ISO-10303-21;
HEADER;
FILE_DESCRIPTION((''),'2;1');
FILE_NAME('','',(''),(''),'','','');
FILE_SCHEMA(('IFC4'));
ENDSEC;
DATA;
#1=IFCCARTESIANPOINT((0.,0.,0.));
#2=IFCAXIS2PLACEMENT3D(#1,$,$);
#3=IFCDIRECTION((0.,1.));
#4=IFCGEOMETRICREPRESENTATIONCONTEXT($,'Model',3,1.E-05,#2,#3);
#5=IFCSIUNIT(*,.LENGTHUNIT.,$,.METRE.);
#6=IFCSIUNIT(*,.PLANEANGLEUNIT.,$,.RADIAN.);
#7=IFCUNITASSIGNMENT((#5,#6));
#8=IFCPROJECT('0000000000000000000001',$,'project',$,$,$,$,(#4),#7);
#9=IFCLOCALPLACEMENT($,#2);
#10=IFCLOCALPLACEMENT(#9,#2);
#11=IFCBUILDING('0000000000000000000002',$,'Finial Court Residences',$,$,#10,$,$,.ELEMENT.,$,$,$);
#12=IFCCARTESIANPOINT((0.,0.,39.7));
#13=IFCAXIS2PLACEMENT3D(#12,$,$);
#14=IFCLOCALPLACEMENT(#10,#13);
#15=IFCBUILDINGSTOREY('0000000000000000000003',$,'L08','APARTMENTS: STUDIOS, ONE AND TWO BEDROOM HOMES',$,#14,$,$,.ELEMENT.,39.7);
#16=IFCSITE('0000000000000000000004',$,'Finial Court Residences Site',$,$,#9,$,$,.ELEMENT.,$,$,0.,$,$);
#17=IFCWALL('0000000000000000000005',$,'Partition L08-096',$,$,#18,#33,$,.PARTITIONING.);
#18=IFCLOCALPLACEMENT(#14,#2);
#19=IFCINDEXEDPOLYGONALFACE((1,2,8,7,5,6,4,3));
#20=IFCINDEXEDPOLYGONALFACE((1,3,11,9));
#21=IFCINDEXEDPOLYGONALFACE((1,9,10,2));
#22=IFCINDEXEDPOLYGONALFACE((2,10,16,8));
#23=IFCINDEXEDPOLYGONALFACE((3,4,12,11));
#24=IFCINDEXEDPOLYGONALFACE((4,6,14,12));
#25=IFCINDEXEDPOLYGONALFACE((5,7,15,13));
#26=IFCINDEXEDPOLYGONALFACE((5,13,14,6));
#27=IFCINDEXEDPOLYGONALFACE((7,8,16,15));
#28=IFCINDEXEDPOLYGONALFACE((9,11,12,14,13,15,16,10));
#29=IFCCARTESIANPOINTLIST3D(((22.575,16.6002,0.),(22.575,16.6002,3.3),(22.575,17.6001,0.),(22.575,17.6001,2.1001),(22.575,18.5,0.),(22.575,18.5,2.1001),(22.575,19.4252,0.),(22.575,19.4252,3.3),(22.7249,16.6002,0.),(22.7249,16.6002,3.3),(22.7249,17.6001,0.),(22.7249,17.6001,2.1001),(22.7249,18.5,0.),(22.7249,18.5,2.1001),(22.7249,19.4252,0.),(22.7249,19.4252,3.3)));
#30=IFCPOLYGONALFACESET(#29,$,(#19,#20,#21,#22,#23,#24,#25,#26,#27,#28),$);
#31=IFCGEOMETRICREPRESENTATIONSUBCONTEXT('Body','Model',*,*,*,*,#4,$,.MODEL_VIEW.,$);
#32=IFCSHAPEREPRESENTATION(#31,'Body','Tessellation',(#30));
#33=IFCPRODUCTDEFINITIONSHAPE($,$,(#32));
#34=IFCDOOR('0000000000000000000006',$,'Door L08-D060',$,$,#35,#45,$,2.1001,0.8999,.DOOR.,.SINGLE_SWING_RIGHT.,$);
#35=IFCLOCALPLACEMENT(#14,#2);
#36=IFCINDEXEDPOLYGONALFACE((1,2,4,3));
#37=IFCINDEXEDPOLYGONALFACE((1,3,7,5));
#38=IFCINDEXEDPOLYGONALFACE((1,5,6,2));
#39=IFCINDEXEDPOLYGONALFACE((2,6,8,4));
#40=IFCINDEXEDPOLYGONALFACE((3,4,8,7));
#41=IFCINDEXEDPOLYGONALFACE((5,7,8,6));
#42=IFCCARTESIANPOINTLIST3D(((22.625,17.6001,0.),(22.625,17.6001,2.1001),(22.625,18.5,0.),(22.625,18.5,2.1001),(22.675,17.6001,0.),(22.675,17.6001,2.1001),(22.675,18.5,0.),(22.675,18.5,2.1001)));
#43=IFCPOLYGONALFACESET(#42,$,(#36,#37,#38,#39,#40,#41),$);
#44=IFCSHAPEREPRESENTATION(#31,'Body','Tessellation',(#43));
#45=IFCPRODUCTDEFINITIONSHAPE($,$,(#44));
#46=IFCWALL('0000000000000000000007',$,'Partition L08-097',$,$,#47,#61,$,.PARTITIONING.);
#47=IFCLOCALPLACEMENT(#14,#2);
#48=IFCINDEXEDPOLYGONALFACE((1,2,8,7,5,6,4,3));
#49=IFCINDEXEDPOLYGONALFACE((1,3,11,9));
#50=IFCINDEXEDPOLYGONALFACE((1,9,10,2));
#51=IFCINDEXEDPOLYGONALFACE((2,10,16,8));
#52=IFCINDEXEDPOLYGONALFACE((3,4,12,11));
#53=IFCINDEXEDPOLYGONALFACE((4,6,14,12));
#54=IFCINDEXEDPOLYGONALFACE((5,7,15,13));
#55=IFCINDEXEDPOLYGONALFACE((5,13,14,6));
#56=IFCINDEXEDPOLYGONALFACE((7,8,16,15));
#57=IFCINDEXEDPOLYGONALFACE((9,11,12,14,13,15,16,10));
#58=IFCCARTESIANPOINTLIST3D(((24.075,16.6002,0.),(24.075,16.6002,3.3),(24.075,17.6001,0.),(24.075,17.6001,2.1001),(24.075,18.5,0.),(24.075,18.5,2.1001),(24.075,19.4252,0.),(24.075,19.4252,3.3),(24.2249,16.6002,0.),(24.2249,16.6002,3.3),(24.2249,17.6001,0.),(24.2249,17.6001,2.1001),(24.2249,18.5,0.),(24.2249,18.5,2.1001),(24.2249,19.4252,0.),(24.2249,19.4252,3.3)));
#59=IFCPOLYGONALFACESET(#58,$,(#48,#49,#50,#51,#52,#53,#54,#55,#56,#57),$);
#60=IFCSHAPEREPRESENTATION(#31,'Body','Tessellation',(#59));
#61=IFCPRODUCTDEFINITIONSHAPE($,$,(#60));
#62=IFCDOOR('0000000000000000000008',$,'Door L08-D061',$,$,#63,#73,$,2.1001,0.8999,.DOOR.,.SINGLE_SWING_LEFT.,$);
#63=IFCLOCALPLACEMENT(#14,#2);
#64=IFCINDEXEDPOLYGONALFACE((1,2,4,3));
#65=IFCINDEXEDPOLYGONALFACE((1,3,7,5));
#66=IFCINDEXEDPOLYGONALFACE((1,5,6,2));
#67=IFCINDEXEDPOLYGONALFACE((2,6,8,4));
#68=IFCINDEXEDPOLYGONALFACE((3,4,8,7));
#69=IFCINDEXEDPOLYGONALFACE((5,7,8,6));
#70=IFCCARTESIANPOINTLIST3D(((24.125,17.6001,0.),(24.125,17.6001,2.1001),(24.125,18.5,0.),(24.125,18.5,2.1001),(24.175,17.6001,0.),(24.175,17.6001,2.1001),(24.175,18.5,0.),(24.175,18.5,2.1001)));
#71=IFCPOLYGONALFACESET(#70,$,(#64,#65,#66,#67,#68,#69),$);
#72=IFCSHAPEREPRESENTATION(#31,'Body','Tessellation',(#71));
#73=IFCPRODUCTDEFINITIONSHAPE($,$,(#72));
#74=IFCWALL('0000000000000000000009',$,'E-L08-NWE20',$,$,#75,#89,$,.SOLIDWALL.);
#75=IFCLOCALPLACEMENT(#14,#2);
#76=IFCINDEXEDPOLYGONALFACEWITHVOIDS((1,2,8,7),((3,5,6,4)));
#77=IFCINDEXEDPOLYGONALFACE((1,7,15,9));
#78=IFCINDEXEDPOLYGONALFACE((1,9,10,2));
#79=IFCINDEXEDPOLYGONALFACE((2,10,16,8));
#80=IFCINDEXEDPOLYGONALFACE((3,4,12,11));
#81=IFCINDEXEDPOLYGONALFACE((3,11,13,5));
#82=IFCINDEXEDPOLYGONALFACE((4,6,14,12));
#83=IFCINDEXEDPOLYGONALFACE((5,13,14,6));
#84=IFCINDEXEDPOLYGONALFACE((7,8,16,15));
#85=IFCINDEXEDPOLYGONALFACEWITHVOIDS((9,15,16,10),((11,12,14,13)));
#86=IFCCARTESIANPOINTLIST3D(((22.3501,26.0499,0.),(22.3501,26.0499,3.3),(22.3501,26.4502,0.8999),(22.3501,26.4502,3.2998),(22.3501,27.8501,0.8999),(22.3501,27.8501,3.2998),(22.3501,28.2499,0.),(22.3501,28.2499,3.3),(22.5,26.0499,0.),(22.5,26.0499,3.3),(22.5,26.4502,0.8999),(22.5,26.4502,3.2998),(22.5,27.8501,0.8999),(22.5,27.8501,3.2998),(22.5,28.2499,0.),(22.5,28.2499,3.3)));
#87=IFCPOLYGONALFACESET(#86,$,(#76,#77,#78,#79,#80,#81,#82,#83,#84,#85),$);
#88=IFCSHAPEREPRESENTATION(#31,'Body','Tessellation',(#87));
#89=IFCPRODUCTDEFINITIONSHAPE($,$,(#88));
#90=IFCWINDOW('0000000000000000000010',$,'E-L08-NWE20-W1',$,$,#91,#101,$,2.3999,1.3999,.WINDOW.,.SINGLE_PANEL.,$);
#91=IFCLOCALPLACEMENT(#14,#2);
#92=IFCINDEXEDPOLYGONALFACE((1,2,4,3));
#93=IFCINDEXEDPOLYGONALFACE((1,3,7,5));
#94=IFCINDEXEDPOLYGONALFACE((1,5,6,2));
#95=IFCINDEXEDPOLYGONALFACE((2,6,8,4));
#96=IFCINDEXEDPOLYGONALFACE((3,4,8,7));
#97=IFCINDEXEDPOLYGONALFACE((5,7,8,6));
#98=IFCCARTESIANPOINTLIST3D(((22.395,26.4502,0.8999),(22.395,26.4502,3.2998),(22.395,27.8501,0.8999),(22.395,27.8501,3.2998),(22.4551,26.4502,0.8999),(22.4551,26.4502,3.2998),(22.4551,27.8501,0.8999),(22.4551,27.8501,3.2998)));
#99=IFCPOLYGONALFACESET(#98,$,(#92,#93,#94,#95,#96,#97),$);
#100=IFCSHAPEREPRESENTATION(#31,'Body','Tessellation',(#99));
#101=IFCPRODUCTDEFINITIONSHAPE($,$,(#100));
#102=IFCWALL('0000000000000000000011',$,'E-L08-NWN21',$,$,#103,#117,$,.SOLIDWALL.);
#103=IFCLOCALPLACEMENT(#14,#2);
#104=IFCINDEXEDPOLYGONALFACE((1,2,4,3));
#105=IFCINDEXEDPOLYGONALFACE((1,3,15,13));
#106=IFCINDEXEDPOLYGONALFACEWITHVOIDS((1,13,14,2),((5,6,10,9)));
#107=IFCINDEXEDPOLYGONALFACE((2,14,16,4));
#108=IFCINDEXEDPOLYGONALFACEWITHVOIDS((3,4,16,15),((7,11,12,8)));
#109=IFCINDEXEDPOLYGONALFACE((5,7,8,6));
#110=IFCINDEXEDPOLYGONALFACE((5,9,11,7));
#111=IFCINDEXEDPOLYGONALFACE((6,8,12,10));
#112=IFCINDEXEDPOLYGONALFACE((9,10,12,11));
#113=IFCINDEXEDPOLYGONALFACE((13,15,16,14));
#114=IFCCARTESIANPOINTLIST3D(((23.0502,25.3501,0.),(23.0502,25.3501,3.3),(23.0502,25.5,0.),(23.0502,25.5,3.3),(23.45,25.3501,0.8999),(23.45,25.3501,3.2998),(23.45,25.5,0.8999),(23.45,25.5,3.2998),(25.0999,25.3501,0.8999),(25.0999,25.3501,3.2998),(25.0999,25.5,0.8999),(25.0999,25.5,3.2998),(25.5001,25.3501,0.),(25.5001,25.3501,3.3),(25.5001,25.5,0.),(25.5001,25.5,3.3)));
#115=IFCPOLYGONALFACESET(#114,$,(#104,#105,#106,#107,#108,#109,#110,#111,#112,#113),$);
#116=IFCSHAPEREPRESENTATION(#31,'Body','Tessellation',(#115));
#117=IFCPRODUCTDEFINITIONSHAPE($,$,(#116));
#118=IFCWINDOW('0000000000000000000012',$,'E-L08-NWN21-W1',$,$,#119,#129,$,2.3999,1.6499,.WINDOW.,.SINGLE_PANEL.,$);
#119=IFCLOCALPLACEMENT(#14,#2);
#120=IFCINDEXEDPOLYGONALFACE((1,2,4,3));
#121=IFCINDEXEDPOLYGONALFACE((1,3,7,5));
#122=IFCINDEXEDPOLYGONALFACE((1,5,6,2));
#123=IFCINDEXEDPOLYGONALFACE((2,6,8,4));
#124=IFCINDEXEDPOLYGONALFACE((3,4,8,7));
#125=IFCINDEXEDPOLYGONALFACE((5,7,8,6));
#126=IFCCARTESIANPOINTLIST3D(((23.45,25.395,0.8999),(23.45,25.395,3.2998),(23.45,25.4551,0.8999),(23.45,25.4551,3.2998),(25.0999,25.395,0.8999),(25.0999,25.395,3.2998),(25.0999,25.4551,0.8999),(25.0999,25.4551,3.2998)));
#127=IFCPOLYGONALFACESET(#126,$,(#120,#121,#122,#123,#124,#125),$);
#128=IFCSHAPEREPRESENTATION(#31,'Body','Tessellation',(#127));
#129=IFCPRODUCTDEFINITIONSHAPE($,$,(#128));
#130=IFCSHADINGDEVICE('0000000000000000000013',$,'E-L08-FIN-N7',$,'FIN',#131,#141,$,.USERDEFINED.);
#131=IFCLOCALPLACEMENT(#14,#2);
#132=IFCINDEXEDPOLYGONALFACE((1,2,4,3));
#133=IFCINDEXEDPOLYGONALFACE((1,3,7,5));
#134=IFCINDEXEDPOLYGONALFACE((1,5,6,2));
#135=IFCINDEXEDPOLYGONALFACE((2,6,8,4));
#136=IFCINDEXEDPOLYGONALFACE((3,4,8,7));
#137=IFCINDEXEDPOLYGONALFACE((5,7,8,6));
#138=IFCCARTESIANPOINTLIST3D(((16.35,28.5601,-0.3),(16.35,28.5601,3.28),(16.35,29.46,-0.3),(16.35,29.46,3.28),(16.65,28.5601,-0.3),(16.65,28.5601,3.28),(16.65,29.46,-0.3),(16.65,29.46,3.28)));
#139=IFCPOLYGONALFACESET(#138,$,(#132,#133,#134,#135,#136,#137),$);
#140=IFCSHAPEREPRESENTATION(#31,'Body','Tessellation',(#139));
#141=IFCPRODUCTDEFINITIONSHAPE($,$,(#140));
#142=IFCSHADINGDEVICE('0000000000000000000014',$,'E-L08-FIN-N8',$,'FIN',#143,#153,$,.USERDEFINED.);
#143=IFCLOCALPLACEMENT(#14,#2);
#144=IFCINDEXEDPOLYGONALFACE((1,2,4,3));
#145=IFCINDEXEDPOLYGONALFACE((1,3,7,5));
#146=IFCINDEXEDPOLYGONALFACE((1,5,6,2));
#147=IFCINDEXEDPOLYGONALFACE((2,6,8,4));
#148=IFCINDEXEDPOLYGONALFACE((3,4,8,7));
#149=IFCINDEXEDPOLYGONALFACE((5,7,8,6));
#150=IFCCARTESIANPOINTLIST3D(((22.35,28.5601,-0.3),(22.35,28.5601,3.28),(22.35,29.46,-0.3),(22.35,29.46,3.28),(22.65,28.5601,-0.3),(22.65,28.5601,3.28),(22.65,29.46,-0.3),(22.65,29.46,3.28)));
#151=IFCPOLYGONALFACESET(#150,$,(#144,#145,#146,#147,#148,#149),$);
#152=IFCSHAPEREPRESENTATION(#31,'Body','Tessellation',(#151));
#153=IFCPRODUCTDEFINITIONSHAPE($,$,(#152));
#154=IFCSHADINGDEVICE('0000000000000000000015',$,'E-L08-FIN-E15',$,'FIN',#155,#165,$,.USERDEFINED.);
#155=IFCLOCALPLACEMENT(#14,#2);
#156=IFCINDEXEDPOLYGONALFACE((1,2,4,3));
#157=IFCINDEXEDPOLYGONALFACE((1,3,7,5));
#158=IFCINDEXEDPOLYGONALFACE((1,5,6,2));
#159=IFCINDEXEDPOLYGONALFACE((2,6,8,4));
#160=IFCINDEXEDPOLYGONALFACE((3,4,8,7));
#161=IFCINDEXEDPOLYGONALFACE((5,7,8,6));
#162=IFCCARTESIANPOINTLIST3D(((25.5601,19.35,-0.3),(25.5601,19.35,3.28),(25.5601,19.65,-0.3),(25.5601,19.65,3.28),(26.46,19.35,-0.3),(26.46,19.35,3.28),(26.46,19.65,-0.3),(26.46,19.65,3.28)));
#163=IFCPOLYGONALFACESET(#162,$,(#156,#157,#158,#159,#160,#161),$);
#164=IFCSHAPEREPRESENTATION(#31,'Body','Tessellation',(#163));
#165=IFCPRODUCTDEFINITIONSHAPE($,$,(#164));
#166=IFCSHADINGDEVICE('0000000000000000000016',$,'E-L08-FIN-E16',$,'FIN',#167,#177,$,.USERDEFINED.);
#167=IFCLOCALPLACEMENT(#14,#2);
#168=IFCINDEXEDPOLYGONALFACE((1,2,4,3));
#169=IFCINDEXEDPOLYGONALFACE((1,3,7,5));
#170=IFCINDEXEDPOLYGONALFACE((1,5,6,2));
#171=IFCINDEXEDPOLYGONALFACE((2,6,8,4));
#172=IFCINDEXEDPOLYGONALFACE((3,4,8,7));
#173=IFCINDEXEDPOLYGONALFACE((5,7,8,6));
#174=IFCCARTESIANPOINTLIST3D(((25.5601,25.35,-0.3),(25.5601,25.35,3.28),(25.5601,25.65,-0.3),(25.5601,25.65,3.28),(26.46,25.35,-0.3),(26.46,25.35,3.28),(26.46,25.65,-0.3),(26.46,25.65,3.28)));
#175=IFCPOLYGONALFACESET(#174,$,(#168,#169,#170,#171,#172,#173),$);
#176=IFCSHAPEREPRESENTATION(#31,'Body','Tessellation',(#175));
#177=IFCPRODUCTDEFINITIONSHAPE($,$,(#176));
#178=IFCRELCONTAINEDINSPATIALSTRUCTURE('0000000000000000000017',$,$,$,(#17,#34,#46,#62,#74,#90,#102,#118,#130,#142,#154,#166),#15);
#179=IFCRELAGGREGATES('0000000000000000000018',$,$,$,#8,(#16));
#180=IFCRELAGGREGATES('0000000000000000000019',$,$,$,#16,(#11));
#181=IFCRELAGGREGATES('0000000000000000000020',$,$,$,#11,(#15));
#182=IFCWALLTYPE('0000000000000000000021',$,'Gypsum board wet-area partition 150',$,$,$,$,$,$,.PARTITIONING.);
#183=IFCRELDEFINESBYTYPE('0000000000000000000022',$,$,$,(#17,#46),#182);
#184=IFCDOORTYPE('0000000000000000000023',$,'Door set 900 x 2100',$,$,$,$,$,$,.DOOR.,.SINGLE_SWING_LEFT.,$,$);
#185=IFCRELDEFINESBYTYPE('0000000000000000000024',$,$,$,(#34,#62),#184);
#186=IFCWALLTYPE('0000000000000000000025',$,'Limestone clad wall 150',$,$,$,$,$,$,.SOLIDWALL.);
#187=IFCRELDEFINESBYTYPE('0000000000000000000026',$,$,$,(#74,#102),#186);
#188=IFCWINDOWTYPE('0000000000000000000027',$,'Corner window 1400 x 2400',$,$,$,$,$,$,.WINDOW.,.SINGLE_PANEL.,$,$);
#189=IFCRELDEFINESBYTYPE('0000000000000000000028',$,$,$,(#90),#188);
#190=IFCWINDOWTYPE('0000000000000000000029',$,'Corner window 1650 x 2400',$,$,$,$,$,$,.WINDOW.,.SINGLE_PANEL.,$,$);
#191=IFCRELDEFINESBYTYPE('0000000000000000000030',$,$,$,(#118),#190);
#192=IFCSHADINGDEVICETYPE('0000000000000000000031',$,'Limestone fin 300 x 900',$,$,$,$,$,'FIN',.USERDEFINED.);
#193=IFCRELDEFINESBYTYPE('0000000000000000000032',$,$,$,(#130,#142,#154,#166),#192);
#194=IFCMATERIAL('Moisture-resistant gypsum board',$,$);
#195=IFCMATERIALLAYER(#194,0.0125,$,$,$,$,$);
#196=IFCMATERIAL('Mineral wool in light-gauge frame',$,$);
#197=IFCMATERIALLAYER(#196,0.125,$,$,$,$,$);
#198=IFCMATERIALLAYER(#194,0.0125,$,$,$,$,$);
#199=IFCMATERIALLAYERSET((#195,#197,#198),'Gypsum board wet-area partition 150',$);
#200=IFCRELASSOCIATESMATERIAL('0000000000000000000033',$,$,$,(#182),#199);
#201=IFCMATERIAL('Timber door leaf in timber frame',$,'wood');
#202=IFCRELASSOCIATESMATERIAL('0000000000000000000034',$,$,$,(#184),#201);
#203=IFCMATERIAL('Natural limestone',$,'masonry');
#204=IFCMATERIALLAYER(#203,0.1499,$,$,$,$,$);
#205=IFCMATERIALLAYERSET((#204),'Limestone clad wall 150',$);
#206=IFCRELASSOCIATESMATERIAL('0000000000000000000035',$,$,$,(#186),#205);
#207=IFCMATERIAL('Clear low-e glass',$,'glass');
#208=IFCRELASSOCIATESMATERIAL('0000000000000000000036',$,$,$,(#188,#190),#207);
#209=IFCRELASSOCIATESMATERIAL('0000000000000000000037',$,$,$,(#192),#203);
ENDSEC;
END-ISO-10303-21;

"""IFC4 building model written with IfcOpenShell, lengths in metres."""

from ifc_helpers import new_model, si_unit, direction, frame, frame_2d, origin, origin_2d, place, context, subcontext, project, spatial, rectangle, extrude, material, layer, layer_set, type_object, element, fill, save


model = new_model("IFC4")

# Units and contexts
model_context = context("Model", 3, precision=1e-05, world=origin(), true_north=direction((0.0, 1.0)))
body_context = subcontext(model_context, "Body", "Model", "MODEL_VIEW")
ifc_project = project(units=[si_unit("LENGTHUNIT", "METRE"), si_unit("PLANEANGLEUNIT", "RADIAN")], contexts=[model_context])

# Site, building, storey
site_placement = place(None, origin())
site = spatial("IfcSite", under=ifc_project, at=site_placement, Name="Finial Court Residences Site", CompositionType="ELEMENT", RefElevation=0.0)
building_placement = place(site_placement, origin())
building = spatial("IfcBuilding", under=site, at=building_placement, Name="Finial Court Residences", CompositionType="ELEMENT")
storey_placement = place(building_placement, frame((0.0, 0.0, 39.7)))
storey = spatial("IfcBuildingStorey", under=building, at=storey_placement, Name="L08", Description="APARTMENTS: STUDIOS, ONE AND TWO BEDROOM HOMES", CompositionType="ELEMENT", Elevation=39.7)

# Shared definitions
ifc_material_1 = material(Name="Clear low-e glass", Category="glass")

# Shared definitions
ifc_material_2 = material(Name="Moisture-resistant gypsum board")
ifc_layer_1 = layer(ifc_material_2, 0.0125)
ifc_material_3 = material(Name="Mineral wool in light-gauge frame")
ifc_layer_2 = layer(ifc_material_3, 0.125)
ifc_layer_3 = layer(ifc_material_2, 0.0125)
ifc_layer_set_1 = layer_set([ifc_layer_1, ifc_layer_2, ifc_layer_3], Name="Gypsum board wet-area partition 150")
wall_type_1 = type_object("IfcWallType", Name="Gypsum board wet-area partition 150", PredefinedType="PARTITIONING", material=ifc_layer_set_1)

# Walls, openings, doors
wall_1_placement = place(storey_placement, frame((22.6499, 16.6001, 0.0), z_axis=(0.0, 0.0, 1.0), x_axis=(0.0, 1.0, 0.0)))
wall_1 = element("IfcWall", 1, at=wall_1_placement, inside=storey, type_object=wall_type_1, Name="Partition L08-096", PredefinedType="PARTITIONING", context=body_context, shape_type="SweptSolid", body=[
    extrude(rectangle(XDim=2.825, YDim=0.1499, at=frame_2d((1.4126, 0.0))), origin(), (0.0, 0.0, 1.0), 3.3),
])
opening_1_placement = place(wall_1_placement, frame((1.0, 0.0, 0.0)))
opening_1 = element("IfcOpeningElement", 2, at=opening_1_placement, cuts=wall_1, PredefinedType="OPENING", context=body_context, shape_type="SweptSolid", body=[
    extrude(rectangle(XDim=0.8999, YDim=2.1001, at=frame_2d((0.45, 1.05))), frame((0.0, 0.085, 0.0), z_axis=(0.0, -1.0, 0.0), x_axis=(1.0, 0.0, 0.0)), (0.0, 0.0, 1.0), 0.1699),
])
ifc_material_4 = material(Name="Timber door leaf in timber frame", Category="wood")
door_type = type_object("IfcDoorType", Name="Door set 900 x 2100", OperationType="SINGLE_SWING_LEFT", PredefinedType="DOOR", material=ifc_material_4)
door_1_placement = place(opening_1_placement, origin())
door_1 = element("IfcDoor", 3, at=door_1_placement, inside=storey, type_object=door_type, Name="Door L08-D060", OperationType="SINGLE_SWING_RIGHT", OverallHeight=2.1001, OverallWidth=0.8999, PredefinedType="DOOR", context=body_context, shape_type="SweptSolid", body=[
    extrude(rectangle(XDim=0.8999, YDim=2.1001, at=frame_2d((0.45, 1.05))), frame((0.0, 0.0249, 0.0), z_axis=(0.0, -1.0, 0.0), x_axis=(1.0, 0.0, 0.0)), (0.0, 0.0, 1.0), 0.05),
])
fill(opening_1, door_1)
wall_2_placement = place(storey_placement, frame((24.1499, 16.6001, 0.0), z_axis=(0.0, 0.0, 1.0), x_axis=(0.0, 1.0, 0.0)))
wall_2 = element("IfcWall", 4, at=wall_2_placement, inside=storey, type_object=wall_type_1, Name="Partition L08-097", PredefinedType="PARTITIONING", context=body_context, shape_type="SweptSolid", body=[
    extrude(rectangle(XDim=2.825, YDim=0.1499, at=frame_2d((1.4126, 0.0))), origin(), (0.0, 0.0, 1.0), 3.3),
])
opening_2_placement = place(wall_2_placement, frame((1.0, 0.0, 0.0)))
opening_2 = element("IfcOpeningElement", 5, at=opening_2_placement, cuts=wall_2, PredefinedType="OPENING", context=body_context, shape_type="SweptSolid", body=[
    extrude(rectangle(XDim=0.8999, YDim=2.1001, at=frame_2d((0.45, 1.05))), frame((0.0, 0.085, 0.0), z_axis=(0.0, -1.0, 0.0), x_axis=(1.0, 0.0, 0.0)), (0.0, 0.0, 1.0), 0.1699),
])
door_2_placement = place(opening_2_placement, origin())
door_2 = element("IfcDoor", 6, at=door_2_placement, inside=storey, type_object=door_type, Name="Door L08-D061", OperationType="SINGLE_SWING_LEFT", OverallHeight=2.1001, OverallWidth=0.8999, PredefinedType="DOOR", context=body_context, shape_type="SweptSolid", body=[
    extrude(rectangle(XDim=0.8999, YDim=2.1001, at=frame_2d((0.45, 1.05))), frame((0.0, 0.0249, 0.0), z_axis=(0.0, -1.0, 0.0), x_axis=(1.0, 0.0, 0.0)), (0.0, 0.0, 1.0), 0.05),
])
fill(opening_2, door_2)

# Walls, openings, windows
ifc_material_5 = material(Name="Natural limestone", Category="masonry")
ifc_layer_4 = layer(ifc_material_5, 0.1499)
ifc_layer_set_2 = layer_set([ifc_layer_4], Name="Limestone clad wall 150")
wall_type_2 = type_object("IfcWallType", Name="Limestone clad wall 150", PredefinedType="SOLIDWALL", material=ifc_layer_set_2)
wall_3_placement = place(storey_placement, frame((22.425, 28.25, 0.0), z_axis=(0.0, 0.0, 1.0), x_axis=(0.0, -1.0, 0.0)))
wall_3 = element("IfcWall", 7, at=wall_3_placement, inside=storey, type_object=wall_type_2, Name="E-L08-NWE20", PredefinedType="SOLIDWALL", context=body_context, shape_type="SweptSolid", body=[
    extrude(rectangle(XDim=2.2, YDim=0.1499, at=frame_2d((1.1001, 0.0))), origin(), (0.0, 0.0, 1.0), 3.3),
])
opening_3_placement = place(wall_3_placement, frame((0.3999, 0.0, 0.8999)))
opening_3 = element("IfcOpeningElement", 8, at=opening_3_placement, cuts=wall_3, PredefinedType="OPENING", context=body_context, shape_type="SweptSolid", body=[
    extrude(rectangle(XDim=1.3999, YDim=2.3999, at=frame_2d((0.7, 1.2))), frame((0.0, 0.085, 0.0), z_axis=(0.0, -1.0, 0.0), x_axis=(1.0, 0.0, 0.0)), (0.0, 0.0, 1.0), 0.1699),
])
window_type_1 = type_object("IfcWindowType", Name="Corner window 1400 x 2400", PartitioningType="SINGLE_PANEL", PredefinedType="WINDOW", material=ifc_material_1)
window_1_placement = place(opening_3_placement, origin())
window_1 = element("IfcWindow", 9, at=window_1_placement, inside=storey, type_object=window_type_1, Name="E-L08-NWE20-W1", OverallHeight=2.3999, OverallWidth=1.3999, PartitioningType="SINGLE_PANEL", PredefinedType="WINDOW", context=body_context, shape_type="SweptSolid", body=[
    extrude(rectangle(XDim=1.3999, YDim=2.3999, at=frame_2d((0.7, 1.2))), frame((0.0, 0.03, 0.0), z_axis=(0.0, -1.0, 0.0), x_axis=(1.0, 0.0, 0.0)), (0.0, 0.0, 1.0), 0.0601),
])
fill(opening_3, window_1)
wall_4_placement = place(storey_placement, frame((23.05, 25.425, 0.0), z_axis=(0.0, 0.0, 1.0), x_axis=(1.0, 0.0, 0.0)))
wall_4 = element("IfcWall", 10, at=wall_4_placement, inside=storey, type_object=wall_type_2, Name="E-L08-NWN21", PredefinedType="SOLIDWALL", context=body_context, shape_type="SweptSolid", body=[
    extrude(rectangle(XDim=2.45, YDim=0.1499, at=frame_2d((1.2251, 0.0))), origin(), (0.0, 0.0, 1.0), 3.3),
])
opening_4_placement = place(wall_4_placement, frame((0.3999, 0.0, 0.8999)))
opening_4 = element("IfcOpeningElement", 11, at=opening_4_placement, cuts=wall_4, PredefinedType="OPENING", context=body_context, shape_type="SweptSolid", body=[
    extrude(rectangle(XDim=1.6499, YDim=2.3999, at=frame_2d((0.825, 1.2))), frame((0.0, 0.085, 0.0), z_axis=(0.0, -1.0, 0.0), x_axis=(1.0, 0.0, 0.0)), (0.0, 0.0, 1.0), 0.1699),
])
window_type_2 = type_object("IfcWindowType", Name="Corner window 1650 x 2400", PartitioningType="SINGLE_PANEL", PredefinedType="WINDOW", material=ifc_material_1)
window_2_placement = place(opening_4_placement, origin())
window_2 = element("IfcWindow", 12, at=window_2_placement, inside=storey, type_object=window_type_2, Name="E-L08-NWN21-W1", OverallHeight=2.3999, OverallWidth=1.6499, PartitioningType="SINGLE_PANEL", PredefinedType="WINDOW", context=body_context, shape_type="SweptSolid", body=[
    extrude(rectangle(XDim=1.6499, YDim=2.3999, at=frame_2d((0.825, 1.2))), frame((0.0, 0.03, 0.0), z_axis=(0.0, -1.0, 0.0), x_axis=(1.0, 0.0, 0.0)), (0.0, 0.0, 1.0), 0.0601),
])
fill(opening_4, window_2)

# Shading devices
shading_device_type = type_object("IfcShadingDeviceType", Name="Limestone fin 300 x 900", ElementType="FIN", PredefinedType="USERDEFINED", material=ifc_material_5)
for number, where, z_axis, x_axis, name in (
    (13, (16.5, 29.01, -0.3), (0.0, 0.0, 1.0), (1.0, 0.0, 0.0), "E-L08-FIN-N7"),
    (14, (22.5, 29.01, -0.3), (0.0, 0.0, 1.0), (1.0, 0.0, 0.0), "E-L08-FIN-N8"),
):
    element("IfcShadingDevice", number, at=place(storey_placement, frame(where, z_axis=z_axis, x_axis=x_axis)), inside=storey, type_object=shading_device_type, Name=name, ObjectType="FIN", PredefinedType="USERDEFINED", context=body_context, shape_type="SweptSolid", body=[
        extrude(rectangle(XDim=0.3, YDim=0.8999, at=origin_2d()), origin(), (0.0, 0.0, 1.0), 3.5801),
    ])
for number, where, z_axis, x_axis, name in (
    (15, (26.01, 19.5, -0.3), (0.0, 0.0, 1.0), (1.0, 0.0, 0.0), "E-L08-FIN-E15"),
    (16, (26.01, 25.5, -0.3), (0.0, 0.0, 1.0), (1.0, 0.0, 0.0), "E-L08-FIN-E16"),
):
    element("IfcShadingDevice", number, at=place(storey_placement, frame(where, z_axis=z_axis, x_axis=x_axis)), inside=storey, type_object=shading_device_type, Name=name, ObjectType="FIN", PredefinedType="USERDEFINED", context=body_context, shape_type="SweptSolid", body=[
        extrude(rectangle(XDim=0.8999, YDim=0.3, at=origin_2d()), origin(), (0.0, 0.0, 1.0), 3.5801),
    ])

save(model, "model.ifc")
